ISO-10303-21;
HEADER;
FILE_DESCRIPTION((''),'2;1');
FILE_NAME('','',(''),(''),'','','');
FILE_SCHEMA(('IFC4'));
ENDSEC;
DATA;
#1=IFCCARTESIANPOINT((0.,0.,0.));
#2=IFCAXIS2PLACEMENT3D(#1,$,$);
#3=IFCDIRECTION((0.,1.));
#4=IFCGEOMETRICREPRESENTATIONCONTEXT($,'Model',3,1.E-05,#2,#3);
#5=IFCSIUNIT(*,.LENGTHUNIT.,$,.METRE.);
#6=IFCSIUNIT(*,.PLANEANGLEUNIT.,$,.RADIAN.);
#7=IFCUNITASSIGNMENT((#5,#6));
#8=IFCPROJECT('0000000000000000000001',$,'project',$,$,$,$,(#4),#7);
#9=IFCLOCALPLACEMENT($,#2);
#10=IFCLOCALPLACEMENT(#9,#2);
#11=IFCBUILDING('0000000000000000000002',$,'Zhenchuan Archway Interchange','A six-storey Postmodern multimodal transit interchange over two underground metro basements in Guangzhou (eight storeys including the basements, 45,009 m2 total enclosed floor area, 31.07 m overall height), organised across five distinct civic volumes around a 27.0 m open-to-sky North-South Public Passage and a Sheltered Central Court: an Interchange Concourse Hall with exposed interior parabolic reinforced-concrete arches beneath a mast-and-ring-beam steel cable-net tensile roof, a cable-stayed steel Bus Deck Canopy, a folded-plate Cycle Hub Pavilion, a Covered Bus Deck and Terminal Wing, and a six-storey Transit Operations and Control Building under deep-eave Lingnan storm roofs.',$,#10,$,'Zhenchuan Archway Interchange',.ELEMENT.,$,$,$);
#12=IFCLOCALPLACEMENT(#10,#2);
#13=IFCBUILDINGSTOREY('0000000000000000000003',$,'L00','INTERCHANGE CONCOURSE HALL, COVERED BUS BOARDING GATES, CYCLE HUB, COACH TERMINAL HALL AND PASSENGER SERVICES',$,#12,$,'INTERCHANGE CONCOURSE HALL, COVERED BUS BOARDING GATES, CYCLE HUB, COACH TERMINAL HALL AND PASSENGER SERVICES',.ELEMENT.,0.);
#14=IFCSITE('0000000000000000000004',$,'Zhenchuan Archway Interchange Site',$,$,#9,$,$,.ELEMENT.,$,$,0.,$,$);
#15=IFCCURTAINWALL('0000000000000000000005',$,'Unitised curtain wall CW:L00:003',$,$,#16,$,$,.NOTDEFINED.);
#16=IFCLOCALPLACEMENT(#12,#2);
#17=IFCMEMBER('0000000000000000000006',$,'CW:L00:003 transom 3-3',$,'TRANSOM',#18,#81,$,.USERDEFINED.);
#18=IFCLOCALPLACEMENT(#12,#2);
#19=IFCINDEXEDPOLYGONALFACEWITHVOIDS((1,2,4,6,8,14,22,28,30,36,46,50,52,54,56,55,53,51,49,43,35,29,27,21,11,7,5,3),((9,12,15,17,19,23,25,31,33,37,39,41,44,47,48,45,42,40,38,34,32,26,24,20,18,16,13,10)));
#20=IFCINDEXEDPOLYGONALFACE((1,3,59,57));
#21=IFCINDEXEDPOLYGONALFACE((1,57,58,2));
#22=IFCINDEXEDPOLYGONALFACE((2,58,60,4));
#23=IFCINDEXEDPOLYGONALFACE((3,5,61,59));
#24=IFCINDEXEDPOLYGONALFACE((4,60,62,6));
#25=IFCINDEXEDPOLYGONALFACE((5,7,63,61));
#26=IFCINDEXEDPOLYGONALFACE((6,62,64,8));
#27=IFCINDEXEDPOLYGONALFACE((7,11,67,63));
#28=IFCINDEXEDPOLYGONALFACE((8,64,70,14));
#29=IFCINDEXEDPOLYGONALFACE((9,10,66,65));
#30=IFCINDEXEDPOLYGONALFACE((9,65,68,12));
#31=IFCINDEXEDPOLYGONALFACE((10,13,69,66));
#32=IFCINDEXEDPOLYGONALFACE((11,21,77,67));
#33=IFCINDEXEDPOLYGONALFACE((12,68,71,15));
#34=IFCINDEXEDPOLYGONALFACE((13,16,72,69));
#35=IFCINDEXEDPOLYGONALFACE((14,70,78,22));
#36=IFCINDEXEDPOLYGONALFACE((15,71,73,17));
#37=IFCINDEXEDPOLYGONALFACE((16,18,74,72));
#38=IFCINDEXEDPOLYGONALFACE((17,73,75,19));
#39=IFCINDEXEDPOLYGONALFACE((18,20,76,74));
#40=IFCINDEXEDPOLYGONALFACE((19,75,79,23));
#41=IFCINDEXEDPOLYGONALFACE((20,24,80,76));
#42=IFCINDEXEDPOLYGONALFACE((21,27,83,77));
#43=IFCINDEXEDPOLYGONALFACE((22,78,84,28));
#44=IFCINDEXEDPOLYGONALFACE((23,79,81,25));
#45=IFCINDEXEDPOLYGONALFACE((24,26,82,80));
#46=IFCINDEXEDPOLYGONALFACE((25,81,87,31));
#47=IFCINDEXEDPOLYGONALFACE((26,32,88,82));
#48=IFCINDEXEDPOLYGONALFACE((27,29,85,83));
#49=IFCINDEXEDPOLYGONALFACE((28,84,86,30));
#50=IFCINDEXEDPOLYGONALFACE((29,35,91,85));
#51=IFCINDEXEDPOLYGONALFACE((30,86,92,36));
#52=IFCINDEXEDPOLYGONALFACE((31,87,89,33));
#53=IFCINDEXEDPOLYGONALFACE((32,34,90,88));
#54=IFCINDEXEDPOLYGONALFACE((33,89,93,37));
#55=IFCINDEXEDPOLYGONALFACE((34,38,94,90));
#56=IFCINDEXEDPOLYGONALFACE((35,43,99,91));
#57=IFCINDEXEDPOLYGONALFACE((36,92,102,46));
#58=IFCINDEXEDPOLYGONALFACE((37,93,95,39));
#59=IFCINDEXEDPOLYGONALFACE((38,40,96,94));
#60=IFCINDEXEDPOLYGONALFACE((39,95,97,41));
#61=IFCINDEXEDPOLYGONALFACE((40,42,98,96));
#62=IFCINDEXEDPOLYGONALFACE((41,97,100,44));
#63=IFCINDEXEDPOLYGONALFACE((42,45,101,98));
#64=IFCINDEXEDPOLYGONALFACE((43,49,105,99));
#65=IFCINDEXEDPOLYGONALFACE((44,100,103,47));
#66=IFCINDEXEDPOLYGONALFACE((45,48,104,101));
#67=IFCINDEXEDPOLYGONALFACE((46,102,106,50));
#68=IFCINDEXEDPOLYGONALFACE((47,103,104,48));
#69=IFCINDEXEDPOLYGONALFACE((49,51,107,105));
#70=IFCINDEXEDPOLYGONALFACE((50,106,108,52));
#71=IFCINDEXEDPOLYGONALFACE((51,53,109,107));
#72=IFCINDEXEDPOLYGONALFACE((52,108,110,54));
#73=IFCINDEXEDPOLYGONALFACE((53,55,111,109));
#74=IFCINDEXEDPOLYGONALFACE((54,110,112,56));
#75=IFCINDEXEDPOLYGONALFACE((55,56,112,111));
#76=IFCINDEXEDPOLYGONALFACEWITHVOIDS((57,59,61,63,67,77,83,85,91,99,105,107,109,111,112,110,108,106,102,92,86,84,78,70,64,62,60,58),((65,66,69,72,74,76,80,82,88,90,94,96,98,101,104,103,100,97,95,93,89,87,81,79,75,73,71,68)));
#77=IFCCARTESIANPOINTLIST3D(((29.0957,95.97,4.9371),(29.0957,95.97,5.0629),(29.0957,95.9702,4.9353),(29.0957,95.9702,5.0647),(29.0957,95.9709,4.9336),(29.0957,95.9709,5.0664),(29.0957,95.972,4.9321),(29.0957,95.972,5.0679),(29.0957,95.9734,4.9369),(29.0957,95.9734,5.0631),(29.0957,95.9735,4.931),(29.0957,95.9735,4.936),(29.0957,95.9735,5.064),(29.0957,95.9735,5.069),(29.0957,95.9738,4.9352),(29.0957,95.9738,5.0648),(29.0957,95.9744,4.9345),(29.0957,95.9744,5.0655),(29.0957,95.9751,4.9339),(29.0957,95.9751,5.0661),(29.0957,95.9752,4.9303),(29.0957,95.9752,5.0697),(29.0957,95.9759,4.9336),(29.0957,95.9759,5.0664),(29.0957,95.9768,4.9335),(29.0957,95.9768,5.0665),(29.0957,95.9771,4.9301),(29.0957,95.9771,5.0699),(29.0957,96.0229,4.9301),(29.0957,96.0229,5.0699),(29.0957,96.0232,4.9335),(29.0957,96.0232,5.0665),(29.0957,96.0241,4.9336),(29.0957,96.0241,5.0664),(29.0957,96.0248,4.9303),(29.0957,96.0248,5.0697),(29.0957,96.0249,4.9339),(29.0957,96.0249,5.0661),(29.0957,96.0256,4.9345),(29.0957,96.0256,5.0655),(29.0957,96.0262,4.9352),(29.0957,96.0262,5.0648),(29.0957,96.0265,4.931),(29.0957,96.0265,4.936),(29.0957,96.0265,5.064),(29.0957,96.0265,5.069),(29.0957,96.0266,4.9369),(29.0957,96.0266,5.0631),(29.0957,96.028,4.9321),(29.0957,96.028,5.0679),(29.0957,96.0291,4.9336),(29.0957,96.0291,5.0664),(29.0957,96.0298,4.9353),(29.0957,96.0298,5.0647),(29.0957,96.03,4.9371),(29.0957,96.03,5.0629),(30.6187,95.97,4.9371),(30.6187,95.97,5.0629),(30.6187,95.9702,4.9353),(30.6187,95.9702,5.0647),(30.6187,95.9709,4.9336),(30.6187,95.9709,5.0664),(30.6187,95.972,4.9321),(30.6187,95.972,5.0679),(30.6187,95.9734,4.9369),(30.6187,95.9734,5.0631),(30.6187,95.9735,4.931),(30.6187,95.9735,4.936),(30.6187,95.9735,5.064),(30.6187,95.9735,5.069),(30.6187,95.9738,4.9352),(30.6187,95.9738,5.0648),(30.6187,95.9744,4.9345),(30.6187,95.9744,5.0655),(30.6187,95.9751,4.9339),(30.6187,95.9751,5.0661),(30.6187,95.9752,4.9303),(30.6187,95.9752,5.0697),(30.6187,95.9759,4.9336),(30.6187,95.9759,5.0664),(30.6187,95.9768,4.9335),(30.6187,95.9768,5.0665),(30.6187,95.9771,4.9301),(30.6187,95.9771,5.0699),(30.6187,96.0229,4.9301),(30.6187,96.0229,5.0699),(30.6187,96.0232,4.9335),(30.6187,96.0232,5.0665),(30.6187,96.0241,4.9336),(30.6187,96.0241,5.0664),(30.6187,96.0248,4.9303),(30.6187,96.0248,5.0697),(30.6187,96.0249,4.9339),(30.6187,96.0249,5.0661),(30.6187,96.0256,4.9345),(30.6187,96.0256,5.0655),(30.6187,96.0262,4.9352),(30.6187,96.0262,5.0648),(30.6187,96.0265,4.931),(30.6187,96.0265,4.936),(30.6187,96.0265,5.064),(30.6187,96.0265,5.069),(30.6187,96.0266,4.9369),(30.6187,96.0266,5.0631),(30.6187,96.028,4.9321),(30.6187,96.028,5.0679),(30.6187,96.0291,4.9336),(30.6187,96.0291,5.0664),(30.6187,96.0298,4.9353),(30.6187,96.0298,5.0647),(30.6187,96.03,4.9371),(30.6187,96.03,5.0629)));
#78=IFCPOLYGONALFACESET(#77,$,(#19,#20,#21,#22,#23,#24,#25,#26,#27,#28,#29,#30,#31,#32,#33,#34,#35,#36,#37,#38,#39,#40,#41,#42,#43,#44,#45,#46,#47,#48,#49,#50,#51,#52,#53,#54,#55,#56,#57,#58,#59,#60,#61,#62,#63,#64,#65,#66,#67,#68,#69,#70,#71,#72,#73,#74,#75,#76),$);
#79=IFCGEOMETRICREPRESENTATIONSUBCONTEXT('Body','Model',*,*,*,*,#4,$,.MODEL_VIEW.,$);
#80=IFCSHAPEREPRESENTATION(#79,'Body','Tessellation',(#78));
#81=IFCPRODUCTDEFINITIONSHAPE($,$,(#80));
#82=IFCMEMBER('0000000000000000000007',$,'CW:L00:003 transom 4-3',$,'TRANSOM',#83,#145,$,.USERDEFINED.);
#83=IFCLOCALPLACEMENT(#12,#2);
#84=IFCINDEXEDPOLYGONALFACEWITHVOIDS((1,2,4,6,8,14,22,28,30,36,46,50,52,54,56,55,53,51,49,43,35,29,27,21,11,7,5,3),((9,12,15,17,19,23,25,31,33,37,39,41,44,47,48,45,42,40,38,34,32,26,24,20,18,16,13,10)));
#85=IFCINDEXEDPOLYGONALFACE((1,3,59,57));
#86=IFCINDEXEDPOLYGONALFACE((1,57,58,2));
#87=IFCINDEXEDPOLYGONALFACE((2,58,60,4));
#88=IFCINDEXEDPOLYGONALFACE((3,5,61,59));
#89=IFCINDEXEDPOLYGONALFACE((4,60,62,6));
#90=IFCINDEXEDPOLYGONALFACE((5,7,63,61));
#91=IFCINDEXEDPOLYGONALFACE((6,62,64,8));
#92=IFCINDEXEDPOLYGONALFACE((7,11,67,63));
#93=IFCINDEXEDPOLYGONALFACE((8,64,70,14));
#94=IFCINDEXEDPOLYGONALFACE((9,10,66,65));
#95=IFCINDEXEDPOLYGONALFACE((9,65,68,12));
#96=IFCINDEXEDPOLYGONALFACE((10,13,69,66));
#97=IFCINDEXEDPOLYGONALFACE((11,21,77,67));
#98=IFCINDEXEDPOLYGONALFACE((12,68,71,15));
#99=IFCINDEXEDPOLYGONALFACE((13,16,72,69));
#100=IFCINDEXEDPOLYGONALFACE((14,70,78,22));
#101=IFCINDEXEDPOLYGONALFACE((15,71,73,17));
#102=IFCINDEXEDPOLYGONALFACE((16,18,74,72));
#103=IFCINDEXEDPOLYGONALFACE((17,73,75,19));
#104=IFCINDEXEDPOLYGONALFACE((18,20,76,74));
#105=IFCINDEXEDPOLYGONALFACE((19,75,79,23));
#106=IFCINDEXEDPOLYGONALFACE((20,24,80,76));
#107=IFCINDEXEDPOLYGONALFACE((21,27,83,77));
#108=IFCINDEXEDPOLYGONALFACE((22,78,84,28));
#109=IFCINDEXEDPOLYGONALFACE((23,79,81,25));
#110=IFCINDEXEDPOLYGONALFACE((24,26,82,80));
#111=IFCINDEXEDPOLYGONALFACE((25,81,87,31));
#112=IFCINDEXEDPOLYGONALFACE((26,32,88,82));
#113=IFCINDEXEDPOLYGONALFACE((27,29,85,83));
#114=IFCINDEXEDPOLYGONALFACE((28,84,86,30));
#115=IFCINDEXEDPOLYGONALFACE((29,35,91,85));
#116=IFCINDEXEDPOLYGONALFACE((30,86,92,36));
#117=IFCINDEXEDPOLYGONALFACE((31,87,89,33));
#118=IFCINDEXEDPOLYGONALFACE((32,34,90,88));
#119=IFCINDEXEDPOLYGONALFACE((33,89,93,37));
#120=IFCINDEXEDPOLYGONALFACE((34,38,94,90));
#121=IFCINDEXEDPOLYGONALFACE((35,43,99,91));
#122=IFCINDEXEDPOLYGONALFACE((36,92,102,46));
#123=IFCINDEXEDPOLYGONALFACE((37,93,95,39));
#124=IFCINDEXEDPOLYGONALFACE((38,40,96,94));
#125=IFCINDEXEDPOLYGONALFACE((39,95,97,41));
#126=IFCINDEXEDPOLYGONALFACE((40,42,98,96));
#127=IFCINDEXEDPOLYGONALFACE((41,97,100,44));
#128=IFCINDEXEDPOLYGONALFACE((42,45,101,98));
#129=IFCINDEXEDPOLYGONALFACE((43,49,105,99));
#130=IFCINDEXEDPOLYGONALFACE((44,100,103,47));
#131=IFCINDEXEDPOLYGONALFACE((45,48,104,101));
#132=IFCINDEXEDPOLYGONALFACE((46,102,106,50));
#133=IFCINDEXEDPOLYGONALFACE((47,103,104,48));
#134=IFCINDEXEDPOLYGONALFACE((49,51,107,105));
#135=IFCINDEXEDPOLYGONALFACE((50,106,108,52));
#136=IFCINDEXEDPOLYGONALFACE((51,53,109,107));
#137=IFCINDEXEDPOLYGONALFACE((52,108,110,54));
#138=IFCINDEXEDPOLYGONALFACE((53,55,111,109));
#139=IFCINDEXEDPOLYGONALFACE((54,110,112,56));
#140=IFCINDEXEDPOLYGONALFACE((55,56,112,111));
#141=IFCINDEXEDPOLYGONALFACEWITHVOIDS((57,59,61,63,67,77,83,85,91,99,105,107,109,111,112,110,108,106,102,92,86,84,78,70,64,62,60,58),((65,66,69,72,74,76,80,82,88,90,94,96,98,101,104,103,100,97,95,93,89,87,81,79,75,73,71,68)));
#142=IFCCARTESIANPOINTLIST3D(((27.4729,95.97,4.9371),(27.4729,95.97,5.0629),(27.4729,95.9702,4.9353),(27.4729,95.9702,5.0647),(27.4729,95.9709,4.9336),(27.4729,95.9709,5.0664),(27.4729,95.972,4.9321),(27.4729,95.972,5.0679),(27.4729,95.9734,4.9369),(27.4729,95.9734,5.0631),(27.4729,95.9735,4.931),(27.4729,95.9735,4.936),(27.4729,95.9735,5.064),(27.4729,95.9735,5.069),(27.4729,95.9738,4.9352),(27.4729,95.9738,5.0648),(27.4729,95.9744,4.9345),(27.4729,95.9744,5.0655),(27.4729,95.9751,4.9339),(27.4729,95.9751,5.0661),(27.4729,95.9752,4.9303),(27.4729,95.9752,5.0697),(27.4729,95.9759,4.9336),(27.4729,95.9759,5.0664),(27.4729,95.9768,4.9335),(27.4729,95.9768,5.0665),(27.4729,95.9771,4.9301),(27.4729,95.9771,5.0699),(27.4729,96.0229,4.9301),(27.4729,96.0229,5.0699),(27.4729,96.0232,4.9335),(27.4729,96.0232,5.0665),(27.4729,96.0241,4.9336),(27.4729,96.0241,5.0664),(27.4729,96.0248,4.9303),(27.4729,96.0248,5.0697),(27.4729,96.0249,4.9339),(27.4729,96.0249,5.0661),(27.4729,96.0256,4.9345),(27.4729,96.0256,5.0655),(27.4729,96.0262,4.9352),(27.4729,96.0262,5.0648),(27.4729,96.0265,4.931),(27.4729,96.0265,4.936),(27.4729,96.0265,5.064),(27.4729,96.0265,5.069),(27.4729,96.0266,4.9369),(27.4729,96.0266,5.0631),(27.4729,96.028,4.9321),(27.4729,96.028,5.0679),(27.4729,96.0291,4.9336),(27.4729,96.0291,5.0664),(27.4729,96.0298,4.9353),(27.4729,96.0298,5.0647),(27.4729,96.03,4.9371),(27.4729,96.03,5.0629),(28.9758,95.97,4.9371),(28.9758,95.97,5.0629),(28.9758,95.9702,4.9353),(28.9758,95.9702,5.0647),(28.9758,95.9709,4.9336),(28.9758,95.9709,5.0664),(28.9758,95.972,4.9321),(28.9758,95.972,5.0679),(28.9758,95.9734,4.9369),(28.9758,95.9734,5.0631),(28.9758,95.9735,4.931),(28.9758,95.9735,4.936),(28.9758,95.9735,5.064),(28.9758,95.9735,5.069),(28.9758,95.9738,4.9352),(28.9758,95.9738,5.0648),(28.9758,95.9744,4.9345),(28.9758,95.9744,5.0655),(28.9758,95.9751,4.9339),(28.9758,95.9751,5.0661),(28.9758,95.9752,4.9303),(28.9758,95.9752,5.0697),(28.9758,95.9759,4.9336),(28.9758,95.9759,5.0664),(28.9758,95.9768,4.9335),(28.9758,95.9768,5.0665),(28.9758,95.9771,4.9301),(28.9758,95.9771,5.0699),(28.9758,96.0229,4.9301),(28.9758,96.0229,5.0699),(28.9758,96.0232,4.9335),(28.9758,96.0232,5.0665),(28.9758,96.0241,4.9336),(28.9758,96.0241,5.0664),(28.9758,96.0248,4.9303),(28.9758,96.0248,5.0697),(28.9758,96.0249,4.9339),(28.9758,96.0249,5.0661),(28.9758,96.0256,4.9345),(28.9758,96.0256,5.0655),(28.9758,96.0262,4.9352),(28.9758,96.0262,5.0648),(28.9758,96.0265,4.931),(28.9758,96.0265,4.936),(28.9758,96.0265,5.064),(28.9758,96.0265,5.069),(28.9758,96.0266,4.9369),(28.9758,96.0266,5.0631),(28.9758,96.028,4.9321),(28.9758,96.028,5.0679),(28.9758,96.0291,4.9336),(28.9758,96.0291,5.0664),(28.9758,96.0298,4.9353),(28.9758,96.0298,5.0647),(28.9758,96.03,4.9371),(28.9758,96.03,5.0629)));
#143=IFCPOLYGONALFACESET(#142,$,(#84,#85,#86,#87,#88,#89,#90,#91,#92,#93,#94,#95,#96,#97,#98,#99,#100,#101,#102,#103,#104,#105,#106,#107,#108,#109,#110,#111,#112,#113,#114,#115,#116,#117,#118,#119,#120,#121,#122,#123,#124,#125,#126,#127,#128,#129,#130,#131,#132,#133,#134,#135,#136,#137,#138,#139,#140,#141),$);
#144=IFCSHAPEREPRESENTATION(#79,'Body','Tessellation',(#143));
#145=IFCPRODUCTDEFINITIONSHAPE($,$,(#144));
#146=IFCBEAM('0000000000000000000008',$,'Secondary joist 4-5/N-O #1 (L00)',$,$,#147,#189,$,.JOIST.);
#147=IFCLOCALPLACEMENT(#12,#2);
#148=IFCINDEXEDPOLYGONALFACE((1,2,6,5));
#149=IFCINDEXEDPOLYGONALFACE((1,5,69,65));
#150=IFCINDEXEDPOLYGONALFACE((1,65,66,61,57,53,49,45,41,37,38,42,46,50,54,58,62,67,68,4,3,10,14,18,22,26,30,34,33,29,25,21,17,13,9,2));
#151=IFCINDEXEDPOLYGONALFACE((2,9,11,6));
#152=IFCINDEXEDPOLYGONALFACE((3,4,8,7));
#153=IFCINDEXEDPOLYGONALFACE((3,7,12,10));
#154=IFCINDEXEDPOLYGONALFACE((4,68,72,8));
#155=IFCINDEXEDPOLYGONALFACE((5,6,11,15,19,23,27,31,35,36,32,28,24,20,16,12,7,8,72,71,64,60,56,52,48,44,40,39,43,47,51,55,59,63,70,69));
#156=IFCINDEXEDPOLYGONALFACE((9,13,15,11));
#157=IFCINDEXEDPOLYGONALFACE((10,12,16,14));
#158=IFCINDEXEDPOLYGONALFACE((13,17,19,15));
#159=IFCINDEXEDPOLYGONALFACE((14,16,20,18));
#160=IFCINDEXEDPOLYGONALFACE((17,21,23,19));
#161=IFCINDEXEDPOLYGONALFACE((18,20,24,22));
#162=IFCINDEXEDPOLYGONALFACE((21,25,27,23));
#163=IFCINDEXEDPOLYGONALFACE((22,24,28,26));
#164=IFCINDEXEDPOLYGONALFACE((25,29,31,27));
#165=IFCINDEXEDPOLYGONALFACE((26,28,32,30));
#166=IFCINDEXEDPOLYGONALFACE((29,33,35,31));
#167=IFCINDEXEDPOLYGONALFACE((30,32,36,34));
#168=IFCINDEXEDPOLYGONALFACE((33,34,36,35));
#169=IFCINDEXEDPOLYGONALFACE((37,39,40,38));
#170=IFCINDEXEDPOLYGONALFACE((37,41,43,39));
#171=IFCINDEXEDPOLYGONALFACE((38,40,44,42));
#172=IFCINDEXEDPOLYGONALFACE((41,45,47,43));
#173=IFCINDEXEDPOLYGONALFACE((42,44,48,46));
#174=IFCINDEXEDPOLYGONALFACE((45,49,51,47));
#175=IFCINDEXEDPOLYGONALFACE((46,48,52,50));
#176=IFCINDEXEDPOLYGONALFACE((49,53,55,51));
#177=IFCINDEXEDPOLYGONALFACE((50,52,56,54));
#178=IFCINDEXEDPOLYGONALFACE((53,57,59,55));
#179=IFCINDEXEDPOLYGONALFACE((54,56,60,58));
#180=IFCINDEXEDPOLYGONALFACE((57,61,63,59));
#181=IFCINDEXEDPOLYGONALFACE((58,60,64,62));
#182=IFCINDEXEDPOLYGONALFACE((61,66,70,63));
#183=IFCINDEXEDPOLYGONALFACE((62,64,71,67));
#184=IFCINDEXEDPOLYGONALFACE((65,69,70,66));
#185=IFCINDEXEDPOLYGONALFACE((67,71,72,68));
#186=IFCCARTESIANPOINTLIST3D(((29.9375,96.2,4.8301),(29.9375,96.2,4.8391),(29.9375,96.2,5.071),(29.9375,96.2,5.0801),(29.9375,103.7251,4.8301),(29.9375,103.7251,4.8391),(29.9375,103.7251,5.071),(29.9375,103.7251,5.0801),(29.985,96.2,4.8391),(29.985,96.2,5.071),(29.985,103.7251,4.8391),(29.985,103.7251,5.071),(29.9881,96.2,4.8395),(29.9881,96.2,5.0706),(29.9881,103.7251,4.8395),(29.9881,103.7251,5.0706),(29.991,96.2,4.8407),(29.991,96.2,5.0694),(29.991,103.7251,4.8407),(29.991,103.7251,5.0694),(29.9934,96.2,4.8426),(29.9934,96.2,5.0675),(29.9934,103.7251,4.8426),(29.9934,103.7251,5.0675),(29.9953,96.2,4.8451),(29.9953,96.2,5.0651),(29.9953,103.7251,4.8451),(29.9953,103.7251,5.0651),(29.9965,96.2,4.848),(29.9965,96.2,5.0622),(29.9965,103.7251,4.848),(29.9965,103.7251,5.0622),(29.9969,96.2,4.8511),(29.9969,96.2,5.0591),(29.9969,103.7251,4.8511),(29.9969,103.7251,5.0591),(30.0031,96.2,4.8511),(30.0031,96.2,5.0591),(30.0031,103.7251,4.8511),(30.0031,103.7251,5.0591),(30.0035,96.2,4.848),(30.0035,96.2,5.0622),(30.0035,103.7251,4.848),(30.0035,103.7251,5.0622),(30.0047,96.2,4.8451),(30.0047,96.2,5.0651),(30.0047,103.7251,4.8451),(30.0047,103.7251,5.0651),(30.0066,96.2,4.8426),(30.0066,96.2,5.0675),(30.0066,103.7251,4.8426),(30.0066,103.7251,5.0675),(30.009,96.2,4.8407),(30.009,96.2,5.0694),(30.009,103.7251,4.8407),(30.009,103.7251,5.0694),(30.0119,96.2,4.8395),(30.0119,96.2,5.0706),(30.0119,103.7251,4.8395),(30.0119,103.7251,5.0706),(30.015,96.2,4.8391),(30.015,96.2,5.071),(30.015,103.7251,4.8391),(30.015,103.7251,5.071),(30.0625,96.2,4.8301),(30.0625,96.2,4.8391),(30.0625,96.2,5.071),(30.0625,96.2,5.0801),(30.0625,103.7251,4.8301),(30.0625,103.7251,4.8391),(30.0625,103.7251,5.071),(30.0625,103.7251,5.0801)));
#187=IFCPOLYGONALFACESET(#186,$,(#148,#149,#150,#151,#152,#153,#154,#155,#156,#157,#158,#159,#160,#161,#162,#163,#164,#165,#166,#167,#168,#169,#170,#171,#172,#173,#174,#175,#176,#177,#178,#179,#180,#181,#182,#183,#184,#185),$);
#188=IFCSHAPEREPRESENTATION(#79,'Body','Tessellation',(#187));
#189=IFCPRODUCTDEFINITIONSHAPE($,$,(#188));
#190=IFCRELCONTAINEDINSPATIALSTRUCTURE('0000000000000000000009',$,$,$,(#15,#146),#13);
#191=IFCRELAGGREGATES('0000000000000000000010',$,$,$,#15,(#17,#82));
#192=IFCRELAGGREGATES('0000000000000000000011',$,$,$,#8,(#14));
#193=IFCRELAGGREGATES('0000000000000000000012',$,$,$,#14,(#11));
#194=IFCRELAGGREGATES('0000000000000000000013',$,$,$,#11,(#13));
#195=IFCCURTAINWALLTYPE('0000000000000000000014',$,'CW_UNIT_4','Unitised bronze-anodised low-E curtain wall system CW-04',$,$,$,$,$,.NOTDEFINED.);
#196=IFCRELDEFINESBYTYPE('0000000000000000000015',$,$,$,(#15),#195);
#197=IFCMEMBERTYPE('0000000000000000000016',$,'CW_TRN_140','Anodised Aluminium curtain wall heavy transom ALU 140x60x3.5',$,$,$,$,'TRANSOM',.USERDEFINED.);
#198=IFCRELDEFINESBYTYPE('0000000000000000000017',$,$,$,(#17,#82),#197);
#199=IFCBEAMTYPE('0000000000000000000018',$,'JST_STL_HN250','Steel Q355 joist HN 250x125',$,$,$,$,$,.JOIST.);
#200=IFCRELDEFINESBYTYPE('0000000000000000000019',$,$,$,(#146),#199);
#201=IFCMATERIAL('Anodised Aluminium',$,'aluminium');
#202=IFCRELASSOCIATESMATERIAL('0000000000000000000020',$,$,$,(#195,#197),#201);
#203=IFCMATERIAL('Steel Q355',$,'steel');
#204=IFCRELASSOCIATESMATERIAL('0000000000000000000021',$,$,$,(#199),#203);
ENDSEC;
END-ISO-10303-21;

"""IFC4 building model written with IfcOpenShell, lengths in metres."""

from ifc_helpers import new_model, si_unit, direction, frame, origin, origin_2d, place, context, subcontext, project, spatial, hollow_rectangle, i_section, extrude, material, material_profile, profile_set, type_object, element, aggregate, save


model = new_model("IFC4")

# Units and contexts
model_context = context("Model", 3, precision=1e-05, world=origin(), true_north=direction((0.0, 1.0)))
body_context = subcontext(model_context, "Body", "Model", "MODEL_VIEW")
ifc_project = project(units=[si_unit("LENGTHUNIT", "METRE"), si_unit("PLANEANGLEUNIT", "RADIAN")], contexts=[model_context])

# Site, building, storey
site_placement = place(None, origin())
site = spatial("IfcSite", under=ifc_project, at=site_placement, Name="Zhenchuan Archway Interchange Site", CompositionType="ELEMENT", RefElevation=0.0)
building_placement = place(site_placement, origin())
building = spatial("IfcBuilding", under=site, at=building_placement, Name="Zhenchuan Archway Interchange", Description="A six-storey Postmodern multimodal transit interchange over two underground metro basements in Guangzhou (eight storeys including the basements, 45,009 m2 total enclosed floor area, 31.07 m overall height), organised across five distinct civic volumes around a 27.0 m open-to-sky North-South Public Passage and a Sheltered Central Court: an Interchange Concourse Hall with exposed interior parabolic reinforced-concrete arches beneath a mast-and-ring-beam steel cable-net tensile roof, a cable-stayed steel Bus Deck Canopy, a folded-plate Cycle Hub Pavilion, a Covered Bus Deck and Terminal Wing, and a six-storey Transit Operations and Control Building under deep-eave Lingnan storm roofs.", LongName="Zhenchuan Archway Interchange", CompositionType="ELEMENT")
storey_placement = place(building_placement, origin())
storey = spatial("IfcBuildingStorey", under=building, at=storey_placement, Name="L00", Description="INTERCHANGE CONCOURSE HALL, COVERED BUS BOARDING GATES, CYCLE HUB, COACH TERMINAL HALL AND PASSENGER SERVICES", LongName="INTERCHANGE CONCOURSE HALL, COVERED BUS BOARDING GATES, CYCLE HUB, COACH TERMINAL HALL AND PASSENGER SERVICES", CompositionType="ELEMENT", Elevation=0.0)

# Curtain wall, members
ifc_material_1 = material(Name="Anodised Aluminium", Category="aluminium")
curtain_wall_type = type_object("IfcCurtainWallType", Name="CW_UNIT_4", Description="Unitised bronze-anodised low-E curtain wall system CW-04", PredefinedType="NOTDEFINED", material=ifc_material_1)
curtain_wall_placement = place(storey_placement, origin())
curtain_wall = element("IfcCurtainWall", 1, at=curtain_wall_placement, inside=storey, type_object=curtain_wall_type, Name="Unitised curtain wall CW:L00:003", PredefinedType="NOTDEFINED")
ifc_material_profile_1 = material_profile(ifc_material_1, hollow_rectangle(XDim=0.0601, YDim=0.1399, WallThickness=0.0034, InnerFilletRadius=0.0034, OuterFilletRadius=0.0071, at=origin_2d()), Name="ALU 140x60x3.5")
ifc_profile_set_1 = profile_set([ifc_material_profile_1], Name="Anodised Aluminium")
member_type_1 = type_object("IfcMemberType", Name="CW_TRN_140", Description="Anodised Aluminium curtain wall heavy transom ALU 140x60x3.5", ElementType="TRANSOM", PredefinedType="USERDEFINED", material=ifc_profile_set_1)
member_1_placement = place(storey_placement, frame((30.6187, 96.0, 5.0), z_axis=(-1.0, 0.0, 0.0), x_axis=(0.0, -1.0, 0.0)))
member_1 = element("IfcMember", 2, at=member_1_placement, type_object=member_type_1, Name="CW:L00:003 transom 3-3", ObjectType="TRANSOM", PredefinedType="USERDEFINED", context=body_context, shape_type="SweptSolid", body=[
    extrude(hollow_rectangle(XDim=0.0601, YDim=0.1399, WallThickness=0.0034, InnerFilletRadius=0.0034, OuterFilletRadius=0.0071, at=origin_2d()), origin(), (0.0, 0.0, 1.0), 1.5229),
])
member_2_placement = place(storey_placement, frame((28.9758, 96.0, 5.0), z_axis=(-1.0, 0.0, 0.0), x_axis=(0.0, -1.0, 0.0)))
member_2 = element("IfcMember", 3, at=member_2_placement, type_object=member_type_1, Name="CW:L00:003 transom 4-3", ObjectType="TRANSOM", PredefinedType="USERDEFINED", context=body_context, shape_type="SweptSolid", body=[
    extrude(hollow_rectangle(XDim=0.0601, YDim=0.1399, WallThickness=0.0034, InnerFilletRadius=0.0034, OuterFilletRadius=0.0071, at=origin_2d()), origin(), (0.0, 0.0, 1.0), 1.5029),
])

# Beam
ifc_material_2 = material(Name="Steel Q355", Category="steel")
ifc_material_profile_2 = material_profile(ifc_material_2, i_section(OverallWidth=0.125, OverallDepth=0.25, WebThickness=0.0061, FlangeThickness=0.009, FilletRadius=0.012, at=origin_2d()), Name="HN 250x125")
ifc_profile_set_2 = profile_set([ifc_material_profile_2], Name="Steel Q355")
beam_type_1 = type_object("IfcBeamType", Name="JST_STL_HN250", Description="Steel Q355 joist HN 250x125", PredefinedType="JOIST", material=ifc_profile_set_2)
beam_1_placement = place(storey_placement, frame((30.0, 96.2, 4.9551), z_axis=(0.0, 1.0, 0.0), x_axis=(-1.0, 0.0, 0.0)))
element("IfcBeam", 4, at=beam_1_placement, inside=storey, type_object=beam_type_1, Name="Secondary joist 4-5/N-O #1 (L00)", PredefinedType="JOIST", context=body_context, shape_type="SweptSolid", body=[
    extrude(i_section(OverallWidth=0.125, OverallDepth=0.25, WebThickness=0.0061, FlangeThickness=0.009, FilletRadius=0.012, at=origin_2d()), origin(), (0.0, 0.0, 1.0), 7.5251),
])

aggregate(curtain_wall, [member_1, member_2])

save(model, "model.ifc")
